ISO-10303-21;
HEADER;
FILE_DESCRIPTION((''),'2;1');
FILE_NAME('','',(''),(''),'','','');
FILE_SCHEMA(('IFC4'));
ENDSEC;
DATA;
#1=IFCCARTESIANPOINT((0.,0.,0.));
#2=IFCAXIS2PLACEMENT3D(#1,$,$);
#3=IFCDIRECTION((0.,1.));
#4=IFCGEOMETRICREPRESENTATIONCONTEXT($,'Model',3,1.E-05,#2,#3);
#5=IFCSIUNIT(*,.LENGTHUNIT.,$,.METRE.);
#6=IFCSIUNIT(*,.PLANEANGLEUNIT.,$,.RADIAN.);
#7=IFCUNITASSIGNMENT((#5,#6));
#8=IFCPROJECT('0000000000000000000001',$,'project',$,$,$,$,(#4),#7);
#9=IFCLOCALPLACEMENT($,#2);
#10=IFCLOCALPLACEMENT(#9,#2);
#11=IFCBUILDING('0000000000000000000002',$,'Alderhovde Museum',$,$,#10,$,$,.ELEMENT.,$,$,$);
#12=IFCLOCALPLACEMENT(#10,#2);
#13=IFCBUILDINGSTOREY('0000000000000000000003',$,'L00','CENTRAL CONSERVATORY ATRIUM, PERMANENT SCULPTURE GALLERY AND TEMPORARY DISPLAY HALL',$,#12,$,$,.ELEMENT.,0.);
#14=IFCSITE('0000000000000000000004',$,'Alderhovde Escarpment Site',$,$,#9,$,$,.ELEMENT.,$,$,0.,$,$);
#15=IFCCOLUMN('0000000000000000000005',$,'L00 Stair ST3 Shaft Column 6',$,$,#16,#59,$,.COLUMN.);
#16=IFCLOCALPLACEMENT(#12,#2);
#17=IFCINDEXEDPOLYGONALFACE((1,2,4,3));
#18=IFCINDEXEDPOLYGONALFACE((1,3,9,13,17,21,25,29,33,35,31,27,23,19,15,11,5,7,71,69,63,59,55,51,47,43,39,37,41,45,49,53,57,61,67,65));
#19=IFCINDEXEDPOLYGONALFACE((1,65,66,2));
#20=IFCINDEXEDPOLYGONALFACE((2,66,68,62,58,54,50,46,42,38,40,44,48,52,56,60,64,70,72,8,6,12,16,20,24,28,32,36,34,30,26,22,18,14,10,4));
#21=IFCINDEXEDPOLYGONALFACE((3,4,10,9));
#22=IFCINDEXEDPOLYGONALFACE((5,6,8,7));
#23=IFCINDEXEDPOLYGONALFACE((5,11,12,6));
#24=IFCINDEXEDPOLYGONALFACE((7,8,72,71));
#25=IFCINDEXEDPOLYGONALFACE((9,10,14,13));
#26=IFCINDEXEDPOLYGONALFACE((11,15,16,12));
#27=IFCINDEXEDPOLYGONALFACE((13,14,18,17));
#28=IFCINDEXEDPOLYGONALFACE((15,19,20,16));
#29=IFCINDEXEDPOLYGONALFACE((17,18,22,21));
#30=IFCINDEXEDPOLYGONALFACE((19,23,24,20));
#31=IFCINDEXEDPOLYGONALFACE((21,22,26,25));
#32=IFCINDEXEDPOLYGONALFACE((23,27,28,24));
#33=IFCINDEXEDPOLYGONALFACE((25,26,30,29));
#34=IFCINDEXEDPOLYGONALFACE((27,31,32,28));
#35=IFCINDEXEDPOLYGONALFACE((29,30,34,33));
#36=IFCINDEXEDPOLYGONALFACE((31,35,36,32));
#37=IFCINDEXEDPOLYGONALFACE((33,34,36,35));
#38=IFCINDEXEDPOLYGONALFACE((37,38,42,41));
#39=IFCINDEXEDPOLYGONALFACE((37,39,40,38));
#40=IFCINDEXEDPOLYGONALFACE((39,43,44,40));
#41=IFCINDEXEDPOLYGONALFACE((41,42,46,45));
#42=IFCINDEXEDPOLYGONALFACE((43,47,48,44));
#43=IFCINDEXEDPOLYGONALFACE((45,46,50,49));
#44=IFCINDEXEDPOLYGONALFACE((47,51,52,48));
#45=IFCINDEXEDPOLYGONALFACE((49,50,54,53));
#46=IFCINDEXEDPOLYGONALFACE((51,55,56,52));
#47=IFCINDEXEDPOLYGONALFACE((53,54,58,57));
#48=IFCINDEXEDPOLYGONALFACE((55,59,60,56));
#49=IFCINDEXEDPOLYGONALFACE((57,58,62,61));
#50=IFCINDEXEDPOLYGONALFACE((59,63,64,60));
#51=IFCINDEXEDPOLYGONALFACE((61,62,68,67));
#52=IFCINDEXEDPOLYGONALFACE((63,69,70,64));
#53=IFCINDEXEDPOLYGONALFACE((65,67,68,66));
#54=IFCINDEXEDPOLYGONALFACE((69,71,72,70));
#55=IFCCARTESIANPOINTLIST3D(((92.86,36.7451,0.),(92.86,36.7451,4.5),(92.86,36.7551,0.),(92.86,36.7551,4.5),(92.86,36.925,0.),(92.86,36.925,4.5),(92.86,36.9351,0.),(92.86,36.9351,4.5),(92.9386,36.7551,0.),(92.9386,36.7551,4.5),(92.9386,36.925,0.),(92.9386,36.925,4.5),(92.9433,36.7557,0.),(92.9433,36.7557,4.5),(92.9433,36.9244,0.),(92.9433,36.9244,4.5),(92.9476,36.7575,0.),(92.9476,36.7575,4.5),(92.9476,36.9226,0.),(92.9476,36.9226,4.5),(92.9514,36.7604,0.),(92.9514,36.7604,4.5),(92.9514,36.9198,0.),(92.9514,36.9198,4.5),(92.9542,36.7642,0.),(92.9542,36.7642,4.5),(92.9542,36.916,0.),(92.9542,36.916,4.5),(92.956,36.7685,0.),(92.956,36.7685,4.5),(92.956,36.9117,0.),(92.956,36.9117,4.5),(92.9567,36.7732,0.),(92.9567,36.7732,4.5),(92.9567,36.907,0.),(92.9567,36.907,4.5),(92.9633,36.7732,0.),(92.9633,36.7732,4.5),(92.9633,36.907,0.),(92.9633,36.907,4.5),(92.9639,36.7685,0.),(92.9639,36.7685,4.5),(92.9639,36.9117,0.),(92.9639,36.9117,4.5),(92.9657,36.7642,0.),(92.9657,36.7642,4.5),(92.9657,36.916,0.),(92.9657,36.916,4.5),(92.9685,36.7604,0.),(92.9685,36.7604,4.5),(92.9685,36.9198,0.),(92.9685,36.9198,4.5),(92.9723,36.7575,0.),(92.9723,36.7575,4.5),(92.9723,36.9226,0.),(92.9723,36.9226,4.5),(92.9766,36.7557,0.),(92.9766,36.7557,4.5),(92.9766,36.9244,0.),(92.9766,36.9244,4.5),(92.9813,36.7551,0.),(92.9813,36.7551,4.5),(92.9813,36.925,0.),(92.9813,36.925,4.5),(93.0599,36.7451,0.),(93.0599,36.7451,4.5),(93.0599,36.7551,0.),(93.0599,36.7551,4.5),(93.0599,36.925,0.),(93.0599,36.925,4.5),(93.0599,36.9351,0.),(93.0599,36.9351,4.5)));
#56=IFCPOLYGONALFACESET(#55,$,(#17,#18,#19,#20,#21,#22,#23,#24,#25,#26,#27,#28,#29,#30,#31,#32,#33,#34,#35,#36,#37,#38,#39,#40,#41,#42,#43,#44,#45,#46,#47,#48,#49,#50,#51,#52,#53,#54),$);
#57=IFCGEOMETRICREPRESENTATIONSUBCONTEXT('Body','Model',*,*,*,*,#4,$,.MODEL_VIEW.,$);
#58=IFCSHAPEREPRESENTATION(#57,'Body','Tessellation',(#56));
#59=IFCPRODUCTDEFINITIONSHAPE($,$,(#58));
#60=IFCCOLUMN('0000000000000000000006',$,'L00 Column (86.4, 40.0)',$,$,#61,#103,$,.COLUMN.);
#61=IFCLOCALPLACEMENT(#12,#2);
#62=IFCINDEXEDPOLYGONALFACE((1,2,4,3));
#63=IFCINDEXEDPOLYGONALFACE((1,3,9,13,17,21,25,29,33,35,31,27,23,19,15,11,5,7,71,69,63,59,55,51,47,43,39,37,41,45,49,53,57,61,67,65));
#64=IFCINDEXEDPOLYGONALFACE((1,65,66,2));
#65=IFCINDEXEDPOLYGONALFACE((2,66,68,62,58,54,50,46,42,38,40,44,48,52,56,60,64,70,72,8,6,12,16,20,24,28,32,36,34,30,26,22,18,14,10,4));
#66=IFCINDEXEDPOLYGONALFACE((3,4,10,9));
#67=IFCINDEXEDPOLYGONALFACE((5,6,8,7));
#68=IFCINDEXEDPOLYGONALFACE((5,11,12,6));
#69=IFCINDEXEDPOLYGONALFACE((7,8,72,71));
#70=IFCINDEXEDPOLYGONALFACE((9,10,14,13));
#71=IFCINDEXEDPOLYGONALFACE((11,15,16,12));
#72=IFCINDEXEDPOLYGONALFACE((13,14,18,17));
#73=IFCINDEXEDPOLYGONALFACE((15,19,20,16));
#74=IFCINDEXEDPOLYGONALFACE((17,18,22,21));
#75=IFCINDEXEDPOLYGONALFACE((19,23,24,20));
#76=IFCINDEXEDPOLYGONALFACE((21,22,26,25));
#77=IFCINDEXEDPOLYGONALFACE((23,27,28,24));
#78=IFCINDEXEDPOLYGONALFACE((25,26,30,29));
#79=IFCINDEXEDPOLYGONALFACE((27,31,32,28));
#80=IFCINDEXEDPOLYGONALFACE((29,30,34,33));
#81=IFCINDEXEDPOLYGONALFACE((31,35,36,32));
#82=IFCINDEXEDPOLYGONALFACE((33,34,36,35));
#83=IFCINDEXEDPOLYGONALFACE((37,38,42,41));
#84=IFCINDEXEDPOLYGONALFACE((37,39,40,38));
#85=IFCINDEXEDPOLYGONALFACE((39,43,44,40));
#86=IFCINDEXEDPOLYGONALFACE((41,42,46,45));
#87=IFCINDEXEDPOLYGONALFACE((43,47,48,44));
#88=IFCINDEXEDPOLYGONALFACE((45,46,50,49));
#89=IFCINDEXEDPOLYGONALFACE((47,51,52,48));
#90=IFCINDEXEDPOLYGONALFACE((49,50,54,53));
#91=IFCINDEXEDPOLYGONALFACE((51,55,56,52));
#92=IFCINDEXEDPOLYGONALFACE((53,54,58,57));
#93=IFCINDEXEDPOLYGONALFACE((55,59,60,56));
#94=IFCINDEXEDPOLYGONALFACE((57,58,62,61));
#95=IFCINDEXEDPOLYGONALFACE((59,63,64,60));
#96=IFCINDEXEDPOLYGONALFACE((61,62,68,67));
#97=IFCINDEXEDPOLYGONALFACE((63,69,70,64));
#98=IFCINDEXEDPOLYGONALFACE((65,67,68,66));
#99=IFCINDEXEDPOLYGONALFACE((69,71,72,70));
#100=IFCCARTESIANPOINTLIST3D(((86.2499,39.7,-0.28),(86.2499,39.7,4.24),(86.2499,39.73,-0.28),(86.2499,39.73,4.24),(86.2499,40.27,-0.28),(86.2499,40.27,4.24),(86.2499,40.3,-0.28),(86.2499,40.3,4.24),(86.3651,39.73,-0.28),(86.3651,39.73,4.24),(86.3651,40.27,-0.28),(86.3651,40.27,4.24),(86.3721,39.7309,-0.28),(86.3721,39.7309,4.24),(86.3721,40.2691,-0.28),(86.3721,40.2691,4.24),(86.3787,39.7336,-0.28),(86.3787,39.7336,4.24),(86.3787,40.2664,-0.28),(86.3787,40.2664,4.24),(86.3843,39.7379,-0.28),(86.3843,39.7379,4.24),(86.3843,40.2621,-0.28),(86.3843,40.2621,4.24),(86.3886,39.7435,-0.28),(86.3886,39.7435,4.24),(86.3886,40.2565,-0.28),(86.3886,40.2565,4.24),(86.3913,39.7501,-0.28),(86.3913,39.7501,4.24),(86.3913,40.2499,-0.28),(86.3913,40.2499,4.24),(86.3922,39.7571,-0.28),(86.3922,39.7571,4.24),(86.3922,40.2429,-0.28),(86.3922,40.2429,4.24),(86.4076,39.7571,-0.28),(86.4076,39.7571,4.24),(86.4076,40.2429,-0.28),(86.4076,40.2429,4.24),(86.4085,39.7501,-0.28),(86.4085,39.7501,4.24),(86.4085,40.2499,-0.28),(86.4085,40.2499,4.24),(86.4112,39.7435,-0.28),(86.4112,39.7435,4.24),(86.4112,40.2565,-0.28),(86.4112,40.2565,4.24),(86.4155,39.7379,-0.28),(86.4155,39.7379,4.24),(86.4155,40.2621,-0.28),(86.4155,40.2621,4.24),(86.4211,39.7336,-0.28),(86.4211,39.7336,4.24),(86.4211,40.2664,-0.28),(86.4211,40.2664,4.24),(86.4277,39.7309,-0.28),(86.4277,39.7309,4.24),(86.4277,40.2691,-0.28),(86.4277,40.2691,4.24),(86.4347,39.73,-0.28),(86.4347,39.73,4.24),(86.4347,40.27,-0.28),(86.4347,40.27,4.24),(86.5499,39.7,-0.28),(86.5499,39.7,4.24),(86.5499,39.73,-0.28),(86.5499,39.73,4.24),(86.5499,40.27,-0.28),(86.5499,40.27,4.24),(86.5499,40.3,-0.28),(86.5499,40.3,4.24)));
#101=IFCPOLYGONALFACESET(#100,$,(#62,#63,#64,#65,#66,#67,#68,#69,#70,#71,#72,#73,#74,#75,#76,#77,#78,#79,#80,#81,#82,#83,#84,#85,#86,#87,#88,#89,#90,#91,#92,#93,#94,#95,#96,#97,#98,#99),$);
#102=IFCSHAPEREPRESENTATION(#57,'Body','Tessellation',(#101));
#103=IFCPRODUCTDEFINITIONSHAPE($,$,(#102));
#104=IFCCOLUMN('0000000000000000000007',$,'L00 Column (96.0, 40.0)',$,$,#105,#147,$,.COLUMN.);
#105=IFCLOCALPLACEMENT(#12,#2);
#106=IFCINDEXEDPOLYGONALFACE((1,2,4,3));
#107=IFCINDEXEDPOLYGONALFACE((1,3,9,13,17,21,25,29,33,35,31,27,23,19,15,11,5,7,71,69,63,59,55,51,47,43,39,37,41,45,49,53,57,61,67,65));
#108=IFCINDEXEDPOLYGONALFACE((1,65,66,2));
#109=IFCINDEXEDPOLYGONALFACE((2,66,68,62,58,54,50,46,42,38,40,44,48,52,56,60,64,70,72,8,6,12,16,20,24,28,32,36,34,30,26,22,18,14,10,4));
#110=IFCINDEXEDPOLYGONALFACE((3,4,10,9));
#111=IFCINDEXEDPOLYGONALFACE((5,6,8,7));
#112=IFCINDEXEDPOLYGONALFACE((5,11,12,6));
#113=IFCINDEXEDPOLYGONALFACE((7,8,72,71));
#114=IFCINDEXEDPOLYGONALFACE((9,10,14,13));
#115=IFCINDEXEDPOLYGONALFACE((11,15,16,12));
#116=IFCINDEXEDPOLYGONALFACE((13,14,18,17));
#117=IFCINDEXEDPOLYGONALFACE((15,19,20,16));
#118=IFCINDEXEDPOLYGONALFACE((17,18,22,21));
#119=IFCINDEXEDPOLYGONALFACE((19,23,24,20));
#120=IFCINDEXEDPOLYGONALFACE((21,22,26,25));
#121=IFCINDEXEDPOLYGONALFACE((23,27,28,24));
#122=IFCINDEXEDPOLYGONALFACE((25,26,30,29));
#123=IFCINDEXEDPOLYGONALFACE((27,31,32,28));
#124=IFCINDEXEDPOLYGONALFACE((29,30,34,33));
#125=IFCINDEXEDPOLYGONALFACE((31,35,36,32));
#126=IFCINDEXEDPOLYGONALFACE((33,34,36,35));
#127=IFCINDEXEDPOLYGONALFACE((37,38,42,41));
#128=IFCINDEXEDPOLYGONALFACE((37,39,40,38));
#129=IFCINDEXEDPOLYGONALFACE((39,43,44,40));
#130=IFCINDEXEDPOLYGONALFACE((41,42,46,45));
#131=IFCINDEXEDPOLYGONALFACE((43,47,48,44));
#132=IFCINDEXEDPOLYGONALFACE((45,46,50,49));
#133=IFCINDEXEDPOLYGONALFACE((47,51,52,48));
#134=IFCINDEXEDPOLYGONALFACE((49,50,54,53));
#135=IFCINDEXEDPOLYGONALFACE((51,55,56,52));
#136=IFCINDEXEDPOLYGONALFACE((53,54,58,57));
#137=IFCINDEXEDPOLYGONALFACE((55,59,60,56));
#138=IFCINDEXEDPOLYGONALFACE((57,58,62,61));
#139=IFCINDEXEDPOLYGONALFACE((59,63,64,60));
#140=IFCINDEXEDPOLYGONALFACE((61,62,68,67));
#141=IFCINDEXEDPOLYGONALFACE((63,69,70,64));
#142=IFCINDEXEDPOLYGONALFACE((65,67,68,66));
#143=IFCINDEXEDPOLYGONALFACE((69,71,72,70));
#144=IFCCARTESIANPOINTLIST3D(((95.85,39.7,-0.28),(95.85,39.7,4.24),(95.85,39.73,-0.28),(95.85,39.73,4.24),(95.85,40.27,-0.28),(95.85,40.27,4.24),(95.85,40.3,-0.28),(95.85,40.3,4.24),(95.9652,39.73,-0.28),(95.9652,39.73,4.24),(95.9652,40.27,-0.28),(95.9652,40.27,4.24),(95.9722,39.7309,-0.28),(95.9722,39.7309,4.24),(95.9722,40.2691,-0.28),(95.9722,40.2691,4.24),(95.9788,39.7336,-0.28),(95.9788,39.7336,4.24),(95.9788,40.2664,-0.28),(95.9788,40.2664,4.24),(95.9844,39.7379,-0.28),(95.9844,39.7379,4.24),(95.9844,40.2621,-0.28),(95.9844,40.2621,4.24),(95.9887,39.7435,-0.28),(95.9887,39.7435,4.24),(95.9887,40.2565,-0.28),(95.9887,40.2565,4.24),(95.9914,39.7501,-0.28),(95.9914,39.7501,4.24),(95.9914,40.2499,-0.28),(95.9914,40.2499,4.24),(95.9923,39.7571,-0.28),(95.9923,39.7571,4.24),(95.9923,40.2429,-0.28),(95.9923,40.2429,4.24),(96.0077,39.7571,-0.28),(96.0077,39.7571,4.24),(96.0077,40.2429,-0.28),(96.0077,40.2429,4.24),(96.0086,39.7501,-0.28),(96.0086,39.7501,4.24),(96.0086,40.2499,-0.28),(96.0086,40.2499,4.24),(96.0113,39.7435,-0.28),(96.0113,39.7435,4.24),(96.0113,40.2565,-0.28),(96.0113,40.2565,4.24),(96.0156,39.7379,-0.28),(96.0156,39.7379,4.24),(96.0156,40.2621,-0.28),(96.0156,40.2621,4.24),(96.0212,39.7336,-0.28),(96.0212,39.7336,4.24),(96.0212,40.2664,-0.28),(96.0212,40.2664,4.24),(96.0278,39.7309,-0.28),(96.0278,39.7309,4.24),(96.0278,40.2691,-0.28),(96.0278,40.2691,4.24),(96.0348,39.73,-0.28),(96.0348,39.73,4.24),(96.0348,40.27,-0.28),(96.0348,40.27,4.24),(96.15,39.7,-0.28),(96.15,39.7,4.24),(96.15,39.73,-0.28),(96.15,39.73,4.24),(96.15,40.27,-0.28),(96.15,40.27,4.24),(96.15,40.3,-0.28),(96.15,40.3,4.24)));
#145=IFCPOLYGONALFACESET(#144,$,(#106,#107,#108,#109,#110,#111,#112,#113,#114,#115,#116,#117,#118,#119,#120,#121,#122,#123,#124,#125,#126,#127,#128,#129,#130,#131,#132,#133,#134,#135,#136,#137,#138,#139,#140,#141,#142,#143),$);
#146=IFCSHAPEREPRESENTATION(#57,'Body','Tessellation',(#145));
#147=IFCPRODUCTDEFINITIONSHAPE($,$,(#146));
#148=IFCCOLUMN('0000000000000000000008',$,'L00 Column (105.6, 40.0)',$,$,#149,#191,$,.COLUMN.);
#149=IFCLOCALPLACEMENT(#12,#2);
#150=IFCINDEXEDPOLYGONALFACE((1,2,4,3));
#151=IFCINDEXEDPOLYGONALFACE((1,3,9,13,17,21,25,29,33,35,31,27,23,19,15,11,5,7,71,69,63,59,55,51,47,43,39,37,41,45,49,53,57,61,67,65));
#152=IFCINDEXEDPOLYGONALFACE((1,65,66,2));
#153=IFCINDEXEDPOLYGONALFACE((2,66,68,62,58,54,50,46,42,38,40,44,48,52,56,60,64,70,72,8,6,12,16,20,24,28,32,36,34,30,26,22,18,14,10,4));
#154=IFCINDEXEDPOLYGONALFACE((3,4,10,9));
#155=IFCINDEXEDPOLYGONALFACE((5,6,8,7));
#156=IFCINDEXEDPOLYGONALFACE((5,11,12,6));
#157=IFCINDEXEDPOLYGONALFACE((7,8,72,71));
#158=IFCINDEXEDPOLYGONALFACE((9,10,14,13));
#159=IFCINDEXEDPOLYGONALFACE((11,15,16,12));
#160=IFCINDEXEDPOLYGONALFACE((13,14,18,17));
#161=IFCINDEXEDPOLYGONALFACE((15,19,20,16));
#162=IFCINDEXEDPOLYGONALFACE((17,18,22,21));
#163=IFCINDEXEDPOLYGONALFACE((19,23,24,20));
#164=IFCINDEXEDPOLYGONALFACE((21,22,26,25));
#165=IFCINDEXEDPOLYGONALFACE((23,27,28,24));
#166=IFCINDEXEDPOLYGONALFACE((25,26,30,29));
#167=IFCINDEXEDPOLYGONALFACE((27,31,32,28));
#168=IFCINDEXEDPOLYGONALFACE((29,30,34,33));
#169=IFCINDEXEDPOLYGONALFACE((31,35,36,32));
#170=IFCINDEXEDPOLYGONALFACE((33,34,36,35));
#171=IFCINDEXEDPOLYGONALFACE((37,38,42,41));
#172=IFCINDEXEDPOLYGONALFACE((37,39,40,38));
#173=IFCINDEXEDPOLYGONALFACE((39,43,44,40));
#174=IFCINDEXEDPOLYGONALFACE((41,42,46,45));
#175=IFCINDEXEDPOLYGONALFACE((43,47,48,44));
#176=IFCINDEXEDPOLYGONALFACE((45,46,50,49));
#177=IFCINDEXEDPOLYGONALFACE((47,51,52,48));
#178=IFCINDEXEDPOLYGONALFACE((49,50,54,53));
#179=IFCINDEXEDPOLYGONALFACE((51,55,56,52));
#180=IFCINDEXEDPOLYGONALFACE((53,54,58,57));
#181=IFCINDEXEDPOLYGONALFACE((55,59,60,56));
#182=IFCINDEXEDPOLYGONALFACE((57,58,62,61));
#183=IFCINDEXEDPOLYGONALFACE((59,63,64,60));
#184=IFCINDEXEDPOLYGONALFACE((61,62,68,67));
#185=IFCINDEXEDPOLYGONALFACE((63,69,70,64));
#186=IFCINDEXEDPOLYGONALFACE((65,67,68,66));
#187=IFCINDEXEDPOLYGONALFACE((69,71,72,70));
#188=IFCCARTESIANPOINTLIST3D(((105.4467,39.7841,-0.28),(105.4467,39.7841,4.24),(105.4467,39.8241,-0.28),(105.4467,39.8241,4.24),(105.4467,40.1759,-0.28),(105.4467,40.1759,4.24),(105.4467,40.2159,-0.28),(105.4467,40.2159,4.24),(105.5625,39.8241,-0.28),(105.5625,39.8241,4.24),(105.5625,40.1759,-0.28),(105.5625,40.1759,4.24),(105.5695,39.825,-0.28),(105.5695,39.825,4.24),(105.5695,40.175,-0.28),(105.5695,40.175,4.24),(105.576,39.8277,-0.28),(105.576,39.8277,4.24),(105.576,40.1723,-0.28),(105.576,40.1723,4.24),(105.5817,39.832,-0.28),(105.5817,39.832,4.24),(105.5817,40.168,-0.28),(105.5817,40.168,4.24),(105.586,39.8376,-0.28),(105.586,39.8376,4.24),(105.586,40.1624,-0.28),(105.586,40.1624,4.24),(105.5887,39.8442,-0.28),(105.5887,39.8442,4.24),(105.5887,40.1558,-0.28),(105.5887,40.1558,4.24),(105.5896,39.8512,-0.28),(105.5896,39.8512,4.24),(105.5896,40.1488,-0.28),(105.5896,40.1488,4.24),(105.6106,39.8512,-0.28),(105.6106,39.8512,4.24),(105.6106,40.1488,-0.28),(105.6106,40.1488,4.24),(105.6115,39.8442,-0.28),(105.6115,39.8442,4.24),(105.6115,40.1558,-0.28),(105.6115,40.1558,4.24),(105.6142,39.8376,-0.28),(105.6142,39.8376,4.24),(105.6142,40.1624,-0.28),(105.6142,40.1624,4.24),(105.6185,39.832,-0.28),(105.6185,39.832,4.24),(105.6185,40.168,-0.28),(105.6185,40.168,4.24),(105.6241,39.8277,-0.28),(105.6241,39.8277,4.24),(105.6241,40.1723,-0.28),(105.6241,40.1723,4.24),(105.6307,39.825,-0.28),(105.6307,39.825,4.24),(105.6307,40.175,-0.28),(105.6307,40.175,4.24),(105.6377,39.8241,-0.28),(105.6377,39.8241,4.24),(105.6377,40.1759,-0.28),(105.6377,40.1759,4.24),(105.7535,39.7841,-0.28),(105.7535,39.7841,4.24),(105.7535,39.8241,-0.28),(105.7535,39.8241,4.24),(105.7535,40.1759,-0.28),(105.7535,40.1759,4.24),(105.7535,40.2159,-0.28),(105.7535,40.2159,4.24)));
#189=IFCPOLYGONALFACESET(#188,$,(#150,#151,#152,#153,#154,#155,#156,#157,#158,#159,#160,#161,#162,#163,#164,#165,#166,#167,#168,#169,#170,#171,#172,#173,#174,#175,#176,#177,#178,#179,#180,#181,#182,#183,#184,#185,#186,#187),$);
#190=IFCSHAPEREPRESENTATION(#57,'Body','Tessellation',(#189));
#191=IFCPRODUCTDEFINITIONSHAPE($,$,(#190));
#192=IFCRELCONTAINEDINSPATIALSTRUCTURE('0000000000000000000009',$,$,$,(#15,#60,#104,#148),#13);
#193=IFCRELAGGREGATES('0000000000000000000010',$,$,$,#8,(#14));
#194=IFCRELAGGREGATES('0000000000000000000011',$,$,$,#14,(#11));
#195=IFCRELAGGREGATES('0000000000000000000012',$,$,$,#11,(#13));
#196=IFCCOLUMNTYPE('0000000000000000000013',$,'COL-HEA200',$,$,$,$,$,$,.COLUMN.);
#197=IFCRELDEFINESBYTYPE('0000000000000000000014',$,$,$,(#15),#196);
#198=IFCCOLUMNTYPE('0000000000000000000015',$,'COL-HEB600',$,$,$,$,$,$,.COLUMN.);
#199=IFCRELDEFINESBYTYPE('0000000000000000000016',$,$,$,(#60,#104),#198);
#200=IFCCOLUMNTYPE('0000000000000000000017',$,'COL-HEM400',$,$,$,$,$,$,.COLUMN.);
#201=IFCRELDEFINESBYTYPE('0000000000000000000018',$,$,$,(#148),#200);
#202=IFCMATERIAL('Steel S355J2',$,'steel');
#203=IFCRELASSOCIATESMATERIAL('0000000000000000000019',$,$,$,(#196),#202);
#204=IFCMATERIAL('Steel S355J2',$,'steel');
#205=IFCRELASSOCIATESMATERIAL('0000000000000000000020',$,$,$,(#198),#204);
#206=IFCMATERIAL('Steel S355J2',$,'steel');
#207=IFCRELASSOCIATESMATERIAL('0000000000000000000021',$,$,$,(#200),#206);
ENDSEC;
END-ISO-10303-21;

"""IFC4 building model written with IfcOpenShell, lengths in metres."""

from ifc_helpers import new_model, si_unit, direction, frame, origin, origin_2d, place, context, subcontext, project, spatial, i_section, extrude, material, material_profile, profile_set, type_object, element, save


model = new_model("IFC4")

# Units and contexts
model_context = context("Model", 3, precision=1e-05, world=origin(), true_north=direction((0.0, 1.0)))
body_context = subcontext(model_context, "Body", "Model", "MODEL_VIEW")
ifc_project = project(units=[si_unit("LENGTHUNIT", "METRE"), si_unit("PLANEANGLEUNIT", "RADIAN")], contexts=[model_context])

# Site, building, storey
site_placement = place(None, origin())
site = spatial("IfcSite", under=ifc_project, at=site_placement, Name="Alderhovde Escarpment Site", CompositionType="ELEMENT", RefElevation=0.0)
building_placement = place(site_placement, origin())
building = spatial("IfcBuilding", under=site, at=building_placement, Name="Alderhovde Museum", CompositionType="ELEMENT")
storey_placement = place(building_placement, origin())
storey = spatial("IfcBuildingStorey", under=building, at=storey_placement, Name="L00", Description="CENTRAL CONSERVATORY ATRIUM, PERMANENT SCULPTURE GALLERY AND TEMPORARY DISPLAY HALL", CompositionType="ELEMENT", Elevation=0.0)

# Columns
ifc_material_1 = material(Name="Steel S355J2", Category="steel")
ifc_material_profile_1 = material_profile(ifc_material_1, i_section(OverallWidth=0.2, OverallDepth=0.1899, WebThickness=0.0066, FlangeThickness=0.01, FilletRadius=0.0181, at=origin_2d()), Name="HEA 200")
ifc_profile_set_1 = profile_set([ifc_material_profile_1], Name="Steel S355J2")
column_type_1 = type_object("IfcColumnType", Name="COL-HEA200", PredefinedType="COLUMN", material=ifc_profile_set_1)
for number, where, z_axis, x_axis, name in (
    (1, (92.96, 36.8401, 0.0), (0.0, 0.0, 1.0), (1.0, 0.0, 0.0), "L00 Stair ST3 Shaft Column 6"),
):
    element("IfcColumn", number, at=place(storey_placement, frame(where, z_axis=z_axis, x_axis=x_axis)), inside=storey, type_object=column_type_1, Name=name, PredefinedType="COLUMN", context=body_context, shape_type="SweptSolid", body=[
        extrude(i_section(OverallWidth=0.2, OverallDepth=0.1899, WebThickness=0.0066, FlangeThickness=0.01, FilletRadius=0.0181, at=origin_2d()), origin(), (0.0, 0.0, 1.0), 4.5),
    ])
ifc_material_2 = material(Name="Steel S355J2", Category="steel")
ifc_material_profile_2 = material_profile(ifc_material_2, i_section(OverallWidth=0.3, OverallDepth=0.6001, WebThickness=0.0154, FlangeThickness=0.03, FilletRadius=0.0271, at=origin_2d()), Name="HEB 600")
ifc_profile_set_2 = profile_set([ifc_material_profile_2], Name="Steel S355J2")
column_type_2 = type_object("IfcColumnType", Name="COL-HEB600", PredefinedType="COLUMN", material=ifc_profile_set_2)
for number, where, z_axis, x_axis, name in (
    (2, (86.3999, 40.0, -0.28), (0.0, 0.0, 1.0), (1.0, 0.0, 0.0), "L00 Column (86.4, 40.0)"),
    (3, (96.0, 40.0, -0.28), (0.0, 0.0, 1.0), (1.0, 0.0, 0.0), "L00 Column (96.0, 40.0)"),
):
    element("IfcColumn", number, at=place(storey_placement, frame(where, z_axis=z_axis, x_axis=x_axis)), inside=storey, type_object=column_type_2, Name=name, PredefinedType="COLUMN", context=body_context, shape_type="SweptSolid", body=[
        extrude(i_section(OverallWidth=0.3, OverallDepth=0.6001, WebThickness=0.0154, FlangeThickness=0.03, FilletRadius=0.0271, at=origin_2d()), origin(), (0.0, 0.0, 1.0), 4.52),
    ])
ifc_material_3 = material(Name="Steel S355J2", Category="steel")
ifc_material_profile_3 = material_profile(ifc_material_3, i_section(OverallWidth=0.3069, OverallDepth=0.4319, WebThickness=0.021, FlangeThickness=0.04, FilletRadius=0.0271, at=origin_2d()), Name="HEM 400")
ifc_profile_set_3 = profile_set([ifc_material_profile_3], Name="Steel S355J2")
column_type_3 = type_object("IfcColumnType", Name="COL-HEM400", PredefinedType="COLUMN", material=ifc_profile_set_3)
column_placement = place(storey_placement, frame((105.6001, 40.0, -0.28), z_axis=(0.0, 0.0, 1.0), x_axis=(1.0, 0.0, 0.0)))
element("IfcColumn", 4, at=column_placement, inside=storey, type_object=column_type_3, Name="L00 Column (105.6, 40.0)", PredefinedType="COLUMN", context=body_context, shape_type="SweptSolid", body=[
    extrude(i_section(OverallWidth=0.3069, OverallDepth=0.4319, WebThickness=0.021, FlangeThickness=0.04, FilletRadius=0.0271, at=origin_2d()), origin(), (0.0, 0.0, 1.0), 4.52),
])

save(model, "model.ifc")
